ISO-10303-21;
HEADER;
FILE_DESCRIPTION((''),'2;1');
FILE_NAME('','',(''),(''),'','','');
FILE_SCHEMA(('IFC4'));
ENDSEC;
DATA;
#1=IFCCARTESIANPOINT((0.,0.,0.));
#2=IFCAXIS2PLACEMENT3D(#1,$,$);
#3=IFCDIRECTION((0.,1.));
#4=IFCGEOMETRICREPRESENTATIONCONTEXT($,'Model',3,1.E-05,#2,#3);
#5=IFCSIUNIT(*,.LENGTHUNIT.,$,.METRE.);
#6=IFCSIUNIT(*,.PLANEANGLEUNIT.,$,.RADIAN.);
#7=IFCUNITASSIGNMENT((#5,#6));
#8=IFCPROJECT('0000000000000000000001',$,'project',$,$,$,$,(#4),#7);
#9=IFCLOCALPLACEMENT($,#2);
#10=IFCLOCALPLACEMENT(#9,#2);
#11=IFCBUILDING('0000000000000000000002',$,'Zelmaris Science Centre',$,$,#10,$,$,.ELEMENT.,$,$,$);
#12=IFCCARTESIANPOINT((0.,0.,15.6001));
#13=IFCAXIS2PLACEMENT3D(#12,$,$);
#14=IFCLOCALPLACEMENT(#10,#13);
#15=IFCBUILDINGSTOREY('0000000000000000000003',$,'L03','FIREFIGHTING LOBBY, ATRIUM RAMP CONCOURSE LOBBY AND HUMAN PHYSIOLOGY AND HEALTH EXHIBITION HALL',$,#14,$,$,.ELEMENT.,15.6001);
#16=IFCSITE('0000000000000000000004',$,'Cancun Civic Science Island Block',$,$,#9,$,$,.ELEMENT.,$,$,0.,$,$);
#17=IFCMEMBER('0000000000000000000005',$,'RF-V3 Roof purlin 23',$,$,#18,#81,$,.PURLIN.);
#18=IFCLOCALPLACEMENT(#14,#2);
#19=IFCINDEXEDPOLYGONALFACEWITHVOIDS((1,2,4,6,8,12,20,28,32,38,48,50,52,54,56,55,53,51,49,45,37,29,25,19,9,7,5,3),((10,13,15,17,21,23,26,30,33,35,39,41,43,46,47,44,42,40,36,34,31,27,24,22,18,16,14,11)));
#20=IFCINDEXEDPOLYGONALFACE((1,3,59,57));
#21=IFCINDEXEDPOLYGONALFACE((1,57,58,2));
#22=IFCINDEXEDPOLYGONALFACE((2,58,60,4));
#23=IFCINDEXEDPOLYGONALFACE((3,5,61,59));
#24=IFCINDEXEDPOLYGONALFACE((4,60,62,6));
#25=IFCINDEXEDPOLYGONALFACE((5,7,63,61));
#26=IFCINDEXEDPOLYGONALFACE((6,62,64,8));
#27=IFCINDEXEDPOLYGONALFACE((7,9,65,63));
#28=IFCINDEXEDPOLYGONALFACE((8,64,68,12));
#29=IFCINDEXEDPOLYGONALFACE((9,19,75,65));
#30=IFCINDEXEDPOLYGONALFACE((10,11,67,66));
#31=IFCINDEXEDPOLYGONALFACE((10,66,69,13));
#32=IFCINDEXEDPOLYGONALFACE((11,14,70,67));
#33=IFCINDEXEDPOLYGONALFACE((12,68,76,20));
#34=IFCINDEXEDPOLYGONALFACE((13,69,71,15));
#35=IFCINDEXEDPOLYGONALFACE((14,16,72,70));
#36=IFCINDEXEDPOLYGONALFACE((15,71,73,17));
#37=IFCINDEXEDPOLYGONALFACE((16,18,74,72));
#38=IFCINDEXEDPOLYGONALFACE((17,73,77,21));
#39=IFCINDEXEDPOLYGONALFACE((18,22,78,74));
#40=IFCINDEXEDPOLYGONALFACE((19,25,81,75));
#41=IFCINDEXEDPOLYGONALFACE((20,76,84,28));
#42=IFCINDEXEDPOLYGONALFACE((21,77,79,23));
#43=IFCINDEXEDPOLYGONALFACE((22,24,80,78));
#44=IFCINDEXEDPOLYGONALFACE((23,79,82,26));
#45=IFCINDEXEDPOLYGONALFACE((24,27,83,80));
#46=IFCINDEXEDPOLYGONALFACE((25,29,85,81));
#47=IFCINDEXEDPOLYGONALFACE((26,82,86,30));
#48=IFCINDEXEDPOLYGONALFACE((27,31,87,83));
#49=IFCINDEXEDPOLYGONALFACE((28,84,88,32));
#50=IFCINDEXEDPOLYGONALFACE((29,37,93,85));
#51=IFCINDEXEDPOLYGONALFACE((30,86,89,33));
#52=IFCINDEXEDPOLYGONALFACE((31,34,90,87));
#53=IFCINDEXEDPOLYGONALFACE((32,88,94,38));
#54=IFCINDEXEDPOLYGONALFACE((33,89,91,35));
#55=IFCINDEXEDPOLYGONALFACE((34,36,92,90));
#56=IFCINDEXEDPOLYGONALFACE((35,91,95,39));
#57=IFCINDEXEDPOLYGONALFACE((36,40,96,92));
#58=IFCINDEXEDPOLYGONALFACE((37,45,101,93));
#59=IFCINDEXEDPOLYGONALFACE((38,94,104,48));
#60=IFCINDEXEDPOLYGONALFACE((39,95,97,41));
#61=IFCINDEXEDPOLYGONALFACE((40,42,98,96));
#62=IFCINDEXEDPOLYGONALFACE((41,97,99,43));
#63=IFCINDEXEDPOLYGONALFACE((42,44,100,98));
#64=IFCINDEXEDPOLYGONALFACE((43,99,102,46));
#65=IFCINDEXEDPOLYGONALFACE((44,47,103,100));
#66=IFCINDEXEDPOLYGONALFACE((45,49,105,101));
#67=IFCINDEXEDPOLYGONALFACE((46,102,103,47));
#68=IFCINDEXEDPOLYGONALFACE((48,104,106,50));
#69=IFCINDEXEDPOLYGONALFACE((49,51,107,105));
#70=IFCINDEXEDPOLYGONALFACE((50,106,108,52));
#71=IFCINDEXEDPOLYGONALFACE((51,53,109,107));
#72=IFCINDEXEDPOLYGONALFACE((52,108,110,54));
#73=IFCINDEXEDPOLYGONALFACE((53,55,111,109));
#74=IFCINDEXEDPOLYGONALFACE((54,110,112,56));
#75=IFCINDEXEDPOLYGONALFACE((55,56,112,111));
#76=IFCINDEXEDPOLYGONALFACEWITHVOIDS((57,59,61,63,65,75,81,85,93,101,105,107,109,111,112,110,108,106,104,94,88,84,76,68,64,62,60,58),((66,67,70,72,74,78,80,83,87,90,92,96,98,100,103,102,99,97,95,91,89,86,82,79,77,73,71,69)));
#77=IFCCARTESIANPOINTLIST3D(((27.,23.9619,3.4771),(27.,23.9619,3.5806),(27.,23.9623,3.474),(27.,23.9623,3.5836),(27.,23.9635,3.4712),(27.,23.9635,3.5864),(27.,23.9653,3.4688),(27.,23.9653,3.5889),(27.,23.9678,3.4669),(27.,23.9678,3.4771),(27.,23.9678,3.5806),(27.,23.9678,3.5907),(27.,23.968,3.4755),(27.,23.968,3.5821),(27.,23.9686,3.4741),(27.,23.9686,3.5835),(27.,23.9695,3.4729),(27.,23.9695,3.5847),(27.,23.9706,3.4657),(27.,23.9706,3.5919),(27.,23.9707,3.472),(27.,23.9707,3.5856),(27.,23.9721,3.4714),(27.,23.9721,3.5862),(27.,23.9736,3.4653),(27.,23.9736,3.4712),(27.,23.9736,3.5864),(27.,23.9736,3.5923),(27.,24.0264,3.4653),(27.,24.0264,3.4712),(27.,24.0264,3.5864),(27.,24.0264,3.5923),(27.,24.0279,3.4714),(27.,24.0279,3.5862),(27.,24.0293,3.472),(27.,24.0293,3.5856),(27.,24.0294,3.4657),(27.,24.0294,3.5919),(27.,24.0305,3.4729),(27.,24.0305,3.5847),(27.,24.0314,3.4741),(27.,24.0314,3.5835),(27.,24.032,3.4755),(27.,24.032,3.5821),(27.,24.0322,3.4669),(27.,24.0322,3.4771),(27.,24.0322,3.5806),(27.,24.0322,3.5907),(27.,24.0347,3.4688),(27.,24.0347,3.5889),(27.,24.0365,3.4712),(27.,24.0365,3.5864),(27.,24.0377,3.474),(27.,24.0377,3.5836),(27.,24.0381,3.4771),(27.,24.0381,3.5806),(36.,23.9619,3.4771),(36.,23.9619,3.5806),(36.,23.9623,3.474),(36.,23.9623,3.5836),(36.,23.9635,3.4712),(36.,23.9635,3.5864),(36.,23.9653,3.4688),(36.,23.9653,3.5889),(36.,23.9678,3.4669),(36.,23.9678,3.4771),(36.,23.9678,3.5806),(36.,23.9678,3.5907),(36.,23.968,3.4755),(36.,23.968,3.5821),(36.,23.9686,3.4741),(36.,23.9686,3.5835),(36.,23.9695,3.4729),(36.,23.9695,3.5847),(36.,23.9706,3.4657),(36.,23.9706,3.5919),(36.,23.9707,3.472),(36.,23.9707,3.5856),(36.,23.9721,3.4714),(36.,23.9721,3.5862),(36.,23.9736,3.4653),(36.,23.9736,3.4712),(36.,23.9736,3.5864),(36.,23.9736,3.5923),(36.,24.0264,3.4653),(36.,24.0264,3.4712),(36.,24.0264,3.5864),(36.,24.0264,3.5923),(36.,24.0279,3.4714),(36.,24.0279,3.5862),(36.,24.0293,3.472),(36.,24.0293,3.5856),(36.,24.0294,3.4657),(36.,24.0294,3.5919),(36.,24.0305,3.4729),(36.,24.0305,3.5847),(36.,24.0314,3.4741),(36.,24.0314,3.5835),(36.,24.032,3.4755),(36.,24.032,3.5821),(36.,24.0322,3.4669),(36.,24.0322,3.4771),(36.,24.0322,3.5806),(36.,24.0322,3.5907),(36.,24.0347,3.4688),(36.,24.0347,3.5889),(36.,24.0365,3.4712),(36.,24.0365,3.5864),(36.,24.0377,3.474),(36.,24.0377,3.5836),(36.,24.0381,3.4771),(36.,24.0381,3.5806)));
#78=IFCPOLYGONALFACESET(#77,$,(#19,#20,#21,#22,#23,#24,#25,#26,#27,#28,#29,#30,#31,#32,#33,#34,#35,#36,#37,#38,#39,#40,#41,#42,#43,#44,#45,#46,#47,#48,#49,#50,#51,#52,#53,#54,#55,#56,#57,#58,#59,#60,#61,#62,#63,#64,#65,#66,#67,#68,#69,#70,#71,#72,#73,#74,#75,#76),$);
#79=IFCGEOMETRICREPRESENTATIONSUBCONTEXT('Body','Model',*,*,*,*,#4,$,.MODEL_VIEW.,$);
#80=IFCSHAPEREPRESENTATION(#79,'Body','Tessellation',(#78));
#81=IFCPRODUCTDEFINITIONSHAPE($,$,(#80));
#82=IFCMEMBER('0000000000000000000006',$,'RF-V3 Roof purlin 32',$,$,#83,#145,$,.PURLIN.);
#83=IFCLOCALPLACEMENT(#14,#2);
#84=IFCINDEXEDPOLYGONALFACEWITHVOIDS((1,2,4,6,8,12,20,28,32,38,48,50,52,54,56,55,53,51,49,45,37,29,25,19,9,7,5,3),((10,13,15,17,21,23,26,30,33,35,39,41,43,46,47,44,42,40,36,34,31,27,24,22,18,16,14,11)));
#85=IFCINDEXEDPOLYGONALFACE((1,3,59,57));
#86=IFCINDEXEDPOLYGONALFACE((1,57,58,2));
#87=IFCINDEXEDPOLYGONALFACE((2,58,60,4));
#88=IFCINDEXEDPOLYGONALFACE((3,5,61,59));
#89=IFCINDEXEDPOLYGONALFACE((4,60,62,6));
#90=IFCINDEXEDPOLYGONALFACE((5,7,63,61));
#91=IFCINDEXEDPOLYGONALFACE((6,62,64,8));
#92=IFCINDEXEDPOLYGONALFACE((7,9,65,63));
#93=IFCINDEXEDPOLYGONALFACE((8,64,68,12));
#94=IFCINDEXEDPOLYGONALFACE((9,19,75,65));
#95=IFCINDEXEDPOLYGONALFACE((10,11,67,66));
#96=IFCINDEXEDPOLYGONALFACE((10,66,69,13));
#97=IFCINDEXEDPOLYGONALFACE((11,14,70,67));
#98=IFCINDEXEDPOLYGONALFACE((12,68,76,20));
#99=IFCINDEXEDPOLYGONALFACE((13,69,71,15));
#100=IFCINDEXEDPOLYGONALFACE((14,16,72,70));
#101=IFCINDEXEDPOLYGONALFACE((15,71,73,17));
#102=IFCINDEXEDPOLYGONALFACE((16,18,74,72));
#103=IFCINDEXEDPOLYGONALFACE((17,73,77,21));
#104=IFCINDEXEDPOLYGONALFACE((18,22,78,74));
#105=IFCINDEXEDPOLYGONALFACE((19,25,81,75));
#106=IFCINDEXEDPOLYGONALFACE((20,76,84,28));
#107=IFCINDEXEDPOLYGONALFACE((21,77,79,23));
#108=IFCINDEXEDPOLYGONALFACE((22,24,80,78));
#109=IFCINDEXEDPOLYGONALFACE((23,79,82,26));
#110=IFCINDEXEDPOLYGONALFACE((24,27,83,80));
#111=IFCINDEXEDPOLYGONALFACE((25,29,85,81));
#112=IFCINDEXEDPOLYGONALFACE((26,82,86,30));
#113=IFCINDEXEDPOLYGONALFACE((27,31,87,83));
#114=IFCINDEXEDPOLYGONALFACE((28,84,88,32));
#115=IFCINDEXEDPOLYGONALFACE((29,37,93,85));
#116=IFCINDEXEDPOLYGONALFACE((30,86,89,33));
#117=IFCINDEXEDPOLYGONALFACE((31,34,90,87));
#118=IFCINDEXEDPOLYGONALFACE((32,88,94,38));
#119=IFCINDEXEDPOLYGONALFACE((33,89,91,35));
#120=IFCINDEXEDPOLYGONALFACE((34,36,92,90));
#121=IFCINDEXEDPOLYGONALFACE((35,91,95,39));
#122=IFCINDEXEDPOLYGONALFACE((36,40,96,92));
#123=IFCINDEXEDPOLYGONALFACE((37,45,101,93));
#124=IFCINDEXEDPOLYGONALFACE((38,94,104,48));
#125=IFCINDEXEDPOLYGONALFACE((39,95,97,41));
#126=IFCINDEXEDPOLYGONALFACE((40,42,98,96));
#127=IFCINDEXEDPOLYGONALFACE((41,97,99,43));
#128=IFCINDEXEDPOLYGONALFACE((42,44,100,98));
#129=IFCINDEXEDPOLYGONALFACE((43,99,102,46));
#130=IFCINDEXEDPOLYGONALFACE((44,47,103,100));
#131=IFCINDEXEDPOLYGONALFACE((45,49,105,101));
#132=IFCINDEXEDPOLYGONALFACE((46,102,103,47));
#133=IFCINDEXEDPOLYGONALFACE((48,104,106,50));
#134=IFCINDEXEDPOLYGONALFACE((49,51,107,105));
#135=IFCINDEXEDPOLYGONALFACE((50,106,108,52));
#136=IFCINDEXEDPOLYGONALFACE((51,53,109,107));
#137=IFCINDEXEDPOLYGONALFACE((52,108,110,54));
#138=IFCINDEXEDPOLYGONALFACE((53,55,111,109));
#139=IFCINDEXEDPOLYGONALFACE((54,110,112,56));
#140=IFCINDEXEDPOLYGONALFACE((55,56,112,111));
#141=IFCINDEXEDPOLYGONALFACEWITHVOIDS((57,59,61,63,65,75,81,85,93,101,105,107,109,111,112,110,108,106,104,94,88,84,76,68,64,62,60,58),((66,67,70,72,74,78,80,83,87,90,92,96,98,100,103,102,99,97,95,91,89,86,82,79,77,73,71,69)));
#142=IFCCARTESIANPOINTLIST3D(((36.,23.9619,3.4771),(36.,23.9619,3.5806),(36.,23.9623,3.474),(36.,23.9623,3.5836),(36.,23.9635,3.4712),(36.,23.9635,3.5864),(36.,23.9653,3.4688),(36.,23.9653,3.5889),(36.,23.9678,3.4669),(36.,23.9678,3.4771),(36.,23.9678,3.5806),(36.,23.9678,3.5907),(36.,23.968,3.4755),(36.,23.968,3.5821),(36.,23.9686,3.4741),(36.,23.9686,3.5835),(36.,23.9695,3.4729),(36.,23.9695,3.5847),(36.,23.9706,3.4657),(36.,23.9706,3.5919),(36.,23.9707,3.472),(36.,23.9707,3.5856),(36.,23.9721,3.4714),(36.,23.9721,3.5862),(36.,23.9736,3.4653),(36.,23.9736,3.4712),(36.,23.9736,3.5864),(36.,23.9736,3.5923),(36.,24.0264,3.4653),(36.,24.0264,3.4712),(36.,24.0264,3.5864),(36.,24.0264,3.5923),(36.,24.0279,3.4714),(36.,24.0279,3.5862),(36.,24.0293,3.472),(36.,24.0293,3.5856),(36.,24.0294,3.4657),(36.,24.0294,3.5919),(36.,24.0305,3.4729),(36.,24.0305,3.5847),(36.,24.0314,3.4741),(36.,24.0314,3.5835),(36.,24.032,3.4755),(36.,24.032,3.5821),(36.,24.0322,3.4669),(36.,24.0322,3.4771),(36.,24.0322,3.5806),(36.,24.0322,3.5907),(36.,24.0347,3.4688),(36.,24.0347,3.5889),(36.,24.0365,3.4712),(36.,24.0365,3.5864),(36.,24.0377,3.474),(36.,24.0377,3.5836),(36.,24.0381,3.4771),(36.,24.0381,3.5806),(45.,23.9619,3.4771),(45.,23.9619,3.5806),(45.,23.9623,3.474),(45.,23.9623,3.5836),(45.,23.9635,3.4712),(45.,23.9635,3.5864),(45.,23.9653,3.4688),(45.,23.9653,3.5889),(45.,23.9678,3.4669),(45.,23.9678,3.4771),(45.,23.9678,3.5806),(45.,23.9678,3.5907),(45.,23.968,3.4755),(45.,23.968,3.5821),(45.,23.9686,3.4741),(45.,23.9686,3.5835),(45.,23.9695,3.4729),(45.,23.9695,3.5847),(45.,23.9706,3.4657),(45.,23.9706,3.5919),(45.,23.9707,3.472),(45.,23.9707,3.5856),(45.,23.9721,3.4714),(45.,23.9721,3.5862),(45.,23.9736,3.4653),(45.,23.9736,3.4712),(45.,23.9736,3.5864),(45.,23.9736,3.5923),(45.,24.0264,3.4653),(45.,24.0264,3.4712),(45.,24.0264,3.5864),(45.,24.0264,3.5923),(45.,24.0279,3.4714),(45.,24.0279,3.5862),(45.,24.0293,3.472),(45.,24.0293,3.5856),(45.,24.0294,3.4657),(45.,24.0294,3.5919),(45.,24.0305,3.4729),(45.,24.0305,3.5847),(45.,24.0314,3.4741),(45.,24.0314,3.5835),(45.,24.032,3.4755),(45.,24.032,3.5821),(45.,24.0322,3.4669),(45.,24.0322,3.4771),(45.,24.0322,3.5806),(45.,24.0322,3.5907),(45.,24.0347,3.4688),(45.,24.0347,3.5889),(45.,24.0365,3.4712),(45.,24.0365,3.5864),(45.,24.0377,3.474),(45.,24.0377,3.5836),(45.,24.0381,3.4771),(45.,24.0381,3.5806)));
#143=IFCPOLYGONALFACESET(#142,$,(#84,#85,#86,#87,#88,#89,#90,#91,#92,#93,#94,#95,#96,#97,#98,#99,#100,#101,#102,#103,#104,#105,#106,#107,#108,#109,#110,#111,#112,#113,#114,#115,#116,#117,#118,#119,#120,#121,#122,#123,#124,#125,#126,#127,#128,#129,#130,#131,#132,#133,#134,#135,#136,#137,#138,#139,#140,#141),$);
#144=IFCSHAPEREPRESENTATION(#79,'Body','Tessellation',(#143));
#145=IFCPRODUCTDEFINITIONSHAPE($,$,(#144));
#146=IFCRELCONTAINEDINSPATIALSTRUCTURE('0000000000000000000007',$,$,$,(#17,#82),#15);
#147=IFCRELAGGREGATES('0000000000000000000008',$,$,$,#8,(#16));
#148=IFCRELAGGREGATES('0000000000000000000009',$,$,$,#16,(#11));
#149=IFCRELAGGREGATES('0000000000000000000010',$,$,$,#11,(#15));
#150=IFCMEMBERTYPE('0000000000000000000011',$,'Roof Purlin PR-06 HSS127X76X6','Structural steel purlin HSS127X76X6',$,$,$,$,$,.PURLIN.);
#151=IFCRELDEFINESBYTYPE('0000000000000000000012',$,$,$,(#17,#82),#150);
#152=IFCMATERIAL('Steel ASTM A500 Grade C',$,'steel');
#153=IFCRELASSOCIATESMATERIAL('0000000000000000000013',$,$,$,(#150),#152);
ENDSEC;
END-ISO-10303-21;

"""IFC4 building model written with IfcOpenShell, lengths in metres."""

from ifc_helpers import new_model, si_unit, direction, frame, origin, origin_2d, place, context, subcontext, project, spatial, hollow_rectangle, extrude, material, material_profile, profile_set, type_object, element, save


model = new_model("IFC4")

# Units and contexts
model_context = context("Model", 3, precision=1e-05, world=origin(), true_north=direction((0.0, 1.0)))
body_context = subcontext(model_context, "Body", "Model", "MODEL_VIEW")
ifc_project = project(units=[si_unit("LENGTHUNIT", "METRE"), si_unit("PLANEANGLEUNIT", "RADIAN")], contexts=[model_context])

# Site, building, storey
site_placement = place(None, origin())
site = spatial("IfcSite", under=ifc_project, at=site_placement, Name="Cancun Civic Science Island Block", CompositionType="ELEMENT", RefElevation=0.0)
building_placement = place(site_placement, origin())
building = spatial("IfcBuilding", under=site, at=building_placement, Name="Zelmaris Science Centre", CompositionType="ELEMENT")
storey_placement = place(building_placement, frame((0.0, 0.0, 15.6001)))
storey = spatial("IfcBuildingStorey", under=building, at=storey_placement, Name="L03", Description="FIREFIGHTING LOBBY, ATRIUM RAMP CONCOURSE LOBBY AND HUMAN PHYSIOLOGY AND HEALTH EXHIBITION HALL", CompositionType="ELEMENT", Elevation=15.6001)

# Shared definitions
ifc_material_1 = material(Name="Steel ASTM A500 Grade C", Category="steel")

# Members
ifc_material_profile_1 = material_profile(ifc_material_1, hollow_rectangle(XDim=0.0762, YDim=0.127, WallThickness=0.0059, InnerFilletRadius=0.0059, OuterFilletRadius=0.0117, at=origin_2d()), Name="HSS127X76X6")
ifc_profile_set_1 = profile_set([ifc_material_profile_1], Name="Steel ASTM A500 Grade C")
member_type_1 = type_object("IfcMemberType", Name="Roof Purlin PR-06 HSS127X76X6", Description="Structural steel purlin HSS127X76X6", PredefinedType="PURLIN", material=ifc_profile_set_1)
for number, where, z_axis, x_axis, name in (
    (1, (27.0, 24.0, 3.5288), (1.0, 0.0, 0.0), (0.0, 1.0, 0.0), "RF-V3 Roof purlin 23"),
    (2, (36.0, 24.0, 3.5288), (1.0, 0.0, 0.0), (0.0, 1.0, 0.0), "RF-V3 Roof purlin 32"),
):
    element("IfcMember", number, at=place(storey_placement, frame(where, z_axis=z_axis, x_axis=x_axis)), inside=storey, type_object=member_type_1, Name=name, PredefinedType="PURLIN", context=body_context, shape_type="SweptSolid", body=[
        extrude(hollow_rectangle(XDim=0.0762, YDim=0.127, WallThickness=0.0059, InnerFilletRadius=0.0059, OuterFilletRadius=0.0117, at=origin_2d()), origin(), (0.0, 0.0, 1.0), 9.0),
    ])

save(model, "model.ifc")
